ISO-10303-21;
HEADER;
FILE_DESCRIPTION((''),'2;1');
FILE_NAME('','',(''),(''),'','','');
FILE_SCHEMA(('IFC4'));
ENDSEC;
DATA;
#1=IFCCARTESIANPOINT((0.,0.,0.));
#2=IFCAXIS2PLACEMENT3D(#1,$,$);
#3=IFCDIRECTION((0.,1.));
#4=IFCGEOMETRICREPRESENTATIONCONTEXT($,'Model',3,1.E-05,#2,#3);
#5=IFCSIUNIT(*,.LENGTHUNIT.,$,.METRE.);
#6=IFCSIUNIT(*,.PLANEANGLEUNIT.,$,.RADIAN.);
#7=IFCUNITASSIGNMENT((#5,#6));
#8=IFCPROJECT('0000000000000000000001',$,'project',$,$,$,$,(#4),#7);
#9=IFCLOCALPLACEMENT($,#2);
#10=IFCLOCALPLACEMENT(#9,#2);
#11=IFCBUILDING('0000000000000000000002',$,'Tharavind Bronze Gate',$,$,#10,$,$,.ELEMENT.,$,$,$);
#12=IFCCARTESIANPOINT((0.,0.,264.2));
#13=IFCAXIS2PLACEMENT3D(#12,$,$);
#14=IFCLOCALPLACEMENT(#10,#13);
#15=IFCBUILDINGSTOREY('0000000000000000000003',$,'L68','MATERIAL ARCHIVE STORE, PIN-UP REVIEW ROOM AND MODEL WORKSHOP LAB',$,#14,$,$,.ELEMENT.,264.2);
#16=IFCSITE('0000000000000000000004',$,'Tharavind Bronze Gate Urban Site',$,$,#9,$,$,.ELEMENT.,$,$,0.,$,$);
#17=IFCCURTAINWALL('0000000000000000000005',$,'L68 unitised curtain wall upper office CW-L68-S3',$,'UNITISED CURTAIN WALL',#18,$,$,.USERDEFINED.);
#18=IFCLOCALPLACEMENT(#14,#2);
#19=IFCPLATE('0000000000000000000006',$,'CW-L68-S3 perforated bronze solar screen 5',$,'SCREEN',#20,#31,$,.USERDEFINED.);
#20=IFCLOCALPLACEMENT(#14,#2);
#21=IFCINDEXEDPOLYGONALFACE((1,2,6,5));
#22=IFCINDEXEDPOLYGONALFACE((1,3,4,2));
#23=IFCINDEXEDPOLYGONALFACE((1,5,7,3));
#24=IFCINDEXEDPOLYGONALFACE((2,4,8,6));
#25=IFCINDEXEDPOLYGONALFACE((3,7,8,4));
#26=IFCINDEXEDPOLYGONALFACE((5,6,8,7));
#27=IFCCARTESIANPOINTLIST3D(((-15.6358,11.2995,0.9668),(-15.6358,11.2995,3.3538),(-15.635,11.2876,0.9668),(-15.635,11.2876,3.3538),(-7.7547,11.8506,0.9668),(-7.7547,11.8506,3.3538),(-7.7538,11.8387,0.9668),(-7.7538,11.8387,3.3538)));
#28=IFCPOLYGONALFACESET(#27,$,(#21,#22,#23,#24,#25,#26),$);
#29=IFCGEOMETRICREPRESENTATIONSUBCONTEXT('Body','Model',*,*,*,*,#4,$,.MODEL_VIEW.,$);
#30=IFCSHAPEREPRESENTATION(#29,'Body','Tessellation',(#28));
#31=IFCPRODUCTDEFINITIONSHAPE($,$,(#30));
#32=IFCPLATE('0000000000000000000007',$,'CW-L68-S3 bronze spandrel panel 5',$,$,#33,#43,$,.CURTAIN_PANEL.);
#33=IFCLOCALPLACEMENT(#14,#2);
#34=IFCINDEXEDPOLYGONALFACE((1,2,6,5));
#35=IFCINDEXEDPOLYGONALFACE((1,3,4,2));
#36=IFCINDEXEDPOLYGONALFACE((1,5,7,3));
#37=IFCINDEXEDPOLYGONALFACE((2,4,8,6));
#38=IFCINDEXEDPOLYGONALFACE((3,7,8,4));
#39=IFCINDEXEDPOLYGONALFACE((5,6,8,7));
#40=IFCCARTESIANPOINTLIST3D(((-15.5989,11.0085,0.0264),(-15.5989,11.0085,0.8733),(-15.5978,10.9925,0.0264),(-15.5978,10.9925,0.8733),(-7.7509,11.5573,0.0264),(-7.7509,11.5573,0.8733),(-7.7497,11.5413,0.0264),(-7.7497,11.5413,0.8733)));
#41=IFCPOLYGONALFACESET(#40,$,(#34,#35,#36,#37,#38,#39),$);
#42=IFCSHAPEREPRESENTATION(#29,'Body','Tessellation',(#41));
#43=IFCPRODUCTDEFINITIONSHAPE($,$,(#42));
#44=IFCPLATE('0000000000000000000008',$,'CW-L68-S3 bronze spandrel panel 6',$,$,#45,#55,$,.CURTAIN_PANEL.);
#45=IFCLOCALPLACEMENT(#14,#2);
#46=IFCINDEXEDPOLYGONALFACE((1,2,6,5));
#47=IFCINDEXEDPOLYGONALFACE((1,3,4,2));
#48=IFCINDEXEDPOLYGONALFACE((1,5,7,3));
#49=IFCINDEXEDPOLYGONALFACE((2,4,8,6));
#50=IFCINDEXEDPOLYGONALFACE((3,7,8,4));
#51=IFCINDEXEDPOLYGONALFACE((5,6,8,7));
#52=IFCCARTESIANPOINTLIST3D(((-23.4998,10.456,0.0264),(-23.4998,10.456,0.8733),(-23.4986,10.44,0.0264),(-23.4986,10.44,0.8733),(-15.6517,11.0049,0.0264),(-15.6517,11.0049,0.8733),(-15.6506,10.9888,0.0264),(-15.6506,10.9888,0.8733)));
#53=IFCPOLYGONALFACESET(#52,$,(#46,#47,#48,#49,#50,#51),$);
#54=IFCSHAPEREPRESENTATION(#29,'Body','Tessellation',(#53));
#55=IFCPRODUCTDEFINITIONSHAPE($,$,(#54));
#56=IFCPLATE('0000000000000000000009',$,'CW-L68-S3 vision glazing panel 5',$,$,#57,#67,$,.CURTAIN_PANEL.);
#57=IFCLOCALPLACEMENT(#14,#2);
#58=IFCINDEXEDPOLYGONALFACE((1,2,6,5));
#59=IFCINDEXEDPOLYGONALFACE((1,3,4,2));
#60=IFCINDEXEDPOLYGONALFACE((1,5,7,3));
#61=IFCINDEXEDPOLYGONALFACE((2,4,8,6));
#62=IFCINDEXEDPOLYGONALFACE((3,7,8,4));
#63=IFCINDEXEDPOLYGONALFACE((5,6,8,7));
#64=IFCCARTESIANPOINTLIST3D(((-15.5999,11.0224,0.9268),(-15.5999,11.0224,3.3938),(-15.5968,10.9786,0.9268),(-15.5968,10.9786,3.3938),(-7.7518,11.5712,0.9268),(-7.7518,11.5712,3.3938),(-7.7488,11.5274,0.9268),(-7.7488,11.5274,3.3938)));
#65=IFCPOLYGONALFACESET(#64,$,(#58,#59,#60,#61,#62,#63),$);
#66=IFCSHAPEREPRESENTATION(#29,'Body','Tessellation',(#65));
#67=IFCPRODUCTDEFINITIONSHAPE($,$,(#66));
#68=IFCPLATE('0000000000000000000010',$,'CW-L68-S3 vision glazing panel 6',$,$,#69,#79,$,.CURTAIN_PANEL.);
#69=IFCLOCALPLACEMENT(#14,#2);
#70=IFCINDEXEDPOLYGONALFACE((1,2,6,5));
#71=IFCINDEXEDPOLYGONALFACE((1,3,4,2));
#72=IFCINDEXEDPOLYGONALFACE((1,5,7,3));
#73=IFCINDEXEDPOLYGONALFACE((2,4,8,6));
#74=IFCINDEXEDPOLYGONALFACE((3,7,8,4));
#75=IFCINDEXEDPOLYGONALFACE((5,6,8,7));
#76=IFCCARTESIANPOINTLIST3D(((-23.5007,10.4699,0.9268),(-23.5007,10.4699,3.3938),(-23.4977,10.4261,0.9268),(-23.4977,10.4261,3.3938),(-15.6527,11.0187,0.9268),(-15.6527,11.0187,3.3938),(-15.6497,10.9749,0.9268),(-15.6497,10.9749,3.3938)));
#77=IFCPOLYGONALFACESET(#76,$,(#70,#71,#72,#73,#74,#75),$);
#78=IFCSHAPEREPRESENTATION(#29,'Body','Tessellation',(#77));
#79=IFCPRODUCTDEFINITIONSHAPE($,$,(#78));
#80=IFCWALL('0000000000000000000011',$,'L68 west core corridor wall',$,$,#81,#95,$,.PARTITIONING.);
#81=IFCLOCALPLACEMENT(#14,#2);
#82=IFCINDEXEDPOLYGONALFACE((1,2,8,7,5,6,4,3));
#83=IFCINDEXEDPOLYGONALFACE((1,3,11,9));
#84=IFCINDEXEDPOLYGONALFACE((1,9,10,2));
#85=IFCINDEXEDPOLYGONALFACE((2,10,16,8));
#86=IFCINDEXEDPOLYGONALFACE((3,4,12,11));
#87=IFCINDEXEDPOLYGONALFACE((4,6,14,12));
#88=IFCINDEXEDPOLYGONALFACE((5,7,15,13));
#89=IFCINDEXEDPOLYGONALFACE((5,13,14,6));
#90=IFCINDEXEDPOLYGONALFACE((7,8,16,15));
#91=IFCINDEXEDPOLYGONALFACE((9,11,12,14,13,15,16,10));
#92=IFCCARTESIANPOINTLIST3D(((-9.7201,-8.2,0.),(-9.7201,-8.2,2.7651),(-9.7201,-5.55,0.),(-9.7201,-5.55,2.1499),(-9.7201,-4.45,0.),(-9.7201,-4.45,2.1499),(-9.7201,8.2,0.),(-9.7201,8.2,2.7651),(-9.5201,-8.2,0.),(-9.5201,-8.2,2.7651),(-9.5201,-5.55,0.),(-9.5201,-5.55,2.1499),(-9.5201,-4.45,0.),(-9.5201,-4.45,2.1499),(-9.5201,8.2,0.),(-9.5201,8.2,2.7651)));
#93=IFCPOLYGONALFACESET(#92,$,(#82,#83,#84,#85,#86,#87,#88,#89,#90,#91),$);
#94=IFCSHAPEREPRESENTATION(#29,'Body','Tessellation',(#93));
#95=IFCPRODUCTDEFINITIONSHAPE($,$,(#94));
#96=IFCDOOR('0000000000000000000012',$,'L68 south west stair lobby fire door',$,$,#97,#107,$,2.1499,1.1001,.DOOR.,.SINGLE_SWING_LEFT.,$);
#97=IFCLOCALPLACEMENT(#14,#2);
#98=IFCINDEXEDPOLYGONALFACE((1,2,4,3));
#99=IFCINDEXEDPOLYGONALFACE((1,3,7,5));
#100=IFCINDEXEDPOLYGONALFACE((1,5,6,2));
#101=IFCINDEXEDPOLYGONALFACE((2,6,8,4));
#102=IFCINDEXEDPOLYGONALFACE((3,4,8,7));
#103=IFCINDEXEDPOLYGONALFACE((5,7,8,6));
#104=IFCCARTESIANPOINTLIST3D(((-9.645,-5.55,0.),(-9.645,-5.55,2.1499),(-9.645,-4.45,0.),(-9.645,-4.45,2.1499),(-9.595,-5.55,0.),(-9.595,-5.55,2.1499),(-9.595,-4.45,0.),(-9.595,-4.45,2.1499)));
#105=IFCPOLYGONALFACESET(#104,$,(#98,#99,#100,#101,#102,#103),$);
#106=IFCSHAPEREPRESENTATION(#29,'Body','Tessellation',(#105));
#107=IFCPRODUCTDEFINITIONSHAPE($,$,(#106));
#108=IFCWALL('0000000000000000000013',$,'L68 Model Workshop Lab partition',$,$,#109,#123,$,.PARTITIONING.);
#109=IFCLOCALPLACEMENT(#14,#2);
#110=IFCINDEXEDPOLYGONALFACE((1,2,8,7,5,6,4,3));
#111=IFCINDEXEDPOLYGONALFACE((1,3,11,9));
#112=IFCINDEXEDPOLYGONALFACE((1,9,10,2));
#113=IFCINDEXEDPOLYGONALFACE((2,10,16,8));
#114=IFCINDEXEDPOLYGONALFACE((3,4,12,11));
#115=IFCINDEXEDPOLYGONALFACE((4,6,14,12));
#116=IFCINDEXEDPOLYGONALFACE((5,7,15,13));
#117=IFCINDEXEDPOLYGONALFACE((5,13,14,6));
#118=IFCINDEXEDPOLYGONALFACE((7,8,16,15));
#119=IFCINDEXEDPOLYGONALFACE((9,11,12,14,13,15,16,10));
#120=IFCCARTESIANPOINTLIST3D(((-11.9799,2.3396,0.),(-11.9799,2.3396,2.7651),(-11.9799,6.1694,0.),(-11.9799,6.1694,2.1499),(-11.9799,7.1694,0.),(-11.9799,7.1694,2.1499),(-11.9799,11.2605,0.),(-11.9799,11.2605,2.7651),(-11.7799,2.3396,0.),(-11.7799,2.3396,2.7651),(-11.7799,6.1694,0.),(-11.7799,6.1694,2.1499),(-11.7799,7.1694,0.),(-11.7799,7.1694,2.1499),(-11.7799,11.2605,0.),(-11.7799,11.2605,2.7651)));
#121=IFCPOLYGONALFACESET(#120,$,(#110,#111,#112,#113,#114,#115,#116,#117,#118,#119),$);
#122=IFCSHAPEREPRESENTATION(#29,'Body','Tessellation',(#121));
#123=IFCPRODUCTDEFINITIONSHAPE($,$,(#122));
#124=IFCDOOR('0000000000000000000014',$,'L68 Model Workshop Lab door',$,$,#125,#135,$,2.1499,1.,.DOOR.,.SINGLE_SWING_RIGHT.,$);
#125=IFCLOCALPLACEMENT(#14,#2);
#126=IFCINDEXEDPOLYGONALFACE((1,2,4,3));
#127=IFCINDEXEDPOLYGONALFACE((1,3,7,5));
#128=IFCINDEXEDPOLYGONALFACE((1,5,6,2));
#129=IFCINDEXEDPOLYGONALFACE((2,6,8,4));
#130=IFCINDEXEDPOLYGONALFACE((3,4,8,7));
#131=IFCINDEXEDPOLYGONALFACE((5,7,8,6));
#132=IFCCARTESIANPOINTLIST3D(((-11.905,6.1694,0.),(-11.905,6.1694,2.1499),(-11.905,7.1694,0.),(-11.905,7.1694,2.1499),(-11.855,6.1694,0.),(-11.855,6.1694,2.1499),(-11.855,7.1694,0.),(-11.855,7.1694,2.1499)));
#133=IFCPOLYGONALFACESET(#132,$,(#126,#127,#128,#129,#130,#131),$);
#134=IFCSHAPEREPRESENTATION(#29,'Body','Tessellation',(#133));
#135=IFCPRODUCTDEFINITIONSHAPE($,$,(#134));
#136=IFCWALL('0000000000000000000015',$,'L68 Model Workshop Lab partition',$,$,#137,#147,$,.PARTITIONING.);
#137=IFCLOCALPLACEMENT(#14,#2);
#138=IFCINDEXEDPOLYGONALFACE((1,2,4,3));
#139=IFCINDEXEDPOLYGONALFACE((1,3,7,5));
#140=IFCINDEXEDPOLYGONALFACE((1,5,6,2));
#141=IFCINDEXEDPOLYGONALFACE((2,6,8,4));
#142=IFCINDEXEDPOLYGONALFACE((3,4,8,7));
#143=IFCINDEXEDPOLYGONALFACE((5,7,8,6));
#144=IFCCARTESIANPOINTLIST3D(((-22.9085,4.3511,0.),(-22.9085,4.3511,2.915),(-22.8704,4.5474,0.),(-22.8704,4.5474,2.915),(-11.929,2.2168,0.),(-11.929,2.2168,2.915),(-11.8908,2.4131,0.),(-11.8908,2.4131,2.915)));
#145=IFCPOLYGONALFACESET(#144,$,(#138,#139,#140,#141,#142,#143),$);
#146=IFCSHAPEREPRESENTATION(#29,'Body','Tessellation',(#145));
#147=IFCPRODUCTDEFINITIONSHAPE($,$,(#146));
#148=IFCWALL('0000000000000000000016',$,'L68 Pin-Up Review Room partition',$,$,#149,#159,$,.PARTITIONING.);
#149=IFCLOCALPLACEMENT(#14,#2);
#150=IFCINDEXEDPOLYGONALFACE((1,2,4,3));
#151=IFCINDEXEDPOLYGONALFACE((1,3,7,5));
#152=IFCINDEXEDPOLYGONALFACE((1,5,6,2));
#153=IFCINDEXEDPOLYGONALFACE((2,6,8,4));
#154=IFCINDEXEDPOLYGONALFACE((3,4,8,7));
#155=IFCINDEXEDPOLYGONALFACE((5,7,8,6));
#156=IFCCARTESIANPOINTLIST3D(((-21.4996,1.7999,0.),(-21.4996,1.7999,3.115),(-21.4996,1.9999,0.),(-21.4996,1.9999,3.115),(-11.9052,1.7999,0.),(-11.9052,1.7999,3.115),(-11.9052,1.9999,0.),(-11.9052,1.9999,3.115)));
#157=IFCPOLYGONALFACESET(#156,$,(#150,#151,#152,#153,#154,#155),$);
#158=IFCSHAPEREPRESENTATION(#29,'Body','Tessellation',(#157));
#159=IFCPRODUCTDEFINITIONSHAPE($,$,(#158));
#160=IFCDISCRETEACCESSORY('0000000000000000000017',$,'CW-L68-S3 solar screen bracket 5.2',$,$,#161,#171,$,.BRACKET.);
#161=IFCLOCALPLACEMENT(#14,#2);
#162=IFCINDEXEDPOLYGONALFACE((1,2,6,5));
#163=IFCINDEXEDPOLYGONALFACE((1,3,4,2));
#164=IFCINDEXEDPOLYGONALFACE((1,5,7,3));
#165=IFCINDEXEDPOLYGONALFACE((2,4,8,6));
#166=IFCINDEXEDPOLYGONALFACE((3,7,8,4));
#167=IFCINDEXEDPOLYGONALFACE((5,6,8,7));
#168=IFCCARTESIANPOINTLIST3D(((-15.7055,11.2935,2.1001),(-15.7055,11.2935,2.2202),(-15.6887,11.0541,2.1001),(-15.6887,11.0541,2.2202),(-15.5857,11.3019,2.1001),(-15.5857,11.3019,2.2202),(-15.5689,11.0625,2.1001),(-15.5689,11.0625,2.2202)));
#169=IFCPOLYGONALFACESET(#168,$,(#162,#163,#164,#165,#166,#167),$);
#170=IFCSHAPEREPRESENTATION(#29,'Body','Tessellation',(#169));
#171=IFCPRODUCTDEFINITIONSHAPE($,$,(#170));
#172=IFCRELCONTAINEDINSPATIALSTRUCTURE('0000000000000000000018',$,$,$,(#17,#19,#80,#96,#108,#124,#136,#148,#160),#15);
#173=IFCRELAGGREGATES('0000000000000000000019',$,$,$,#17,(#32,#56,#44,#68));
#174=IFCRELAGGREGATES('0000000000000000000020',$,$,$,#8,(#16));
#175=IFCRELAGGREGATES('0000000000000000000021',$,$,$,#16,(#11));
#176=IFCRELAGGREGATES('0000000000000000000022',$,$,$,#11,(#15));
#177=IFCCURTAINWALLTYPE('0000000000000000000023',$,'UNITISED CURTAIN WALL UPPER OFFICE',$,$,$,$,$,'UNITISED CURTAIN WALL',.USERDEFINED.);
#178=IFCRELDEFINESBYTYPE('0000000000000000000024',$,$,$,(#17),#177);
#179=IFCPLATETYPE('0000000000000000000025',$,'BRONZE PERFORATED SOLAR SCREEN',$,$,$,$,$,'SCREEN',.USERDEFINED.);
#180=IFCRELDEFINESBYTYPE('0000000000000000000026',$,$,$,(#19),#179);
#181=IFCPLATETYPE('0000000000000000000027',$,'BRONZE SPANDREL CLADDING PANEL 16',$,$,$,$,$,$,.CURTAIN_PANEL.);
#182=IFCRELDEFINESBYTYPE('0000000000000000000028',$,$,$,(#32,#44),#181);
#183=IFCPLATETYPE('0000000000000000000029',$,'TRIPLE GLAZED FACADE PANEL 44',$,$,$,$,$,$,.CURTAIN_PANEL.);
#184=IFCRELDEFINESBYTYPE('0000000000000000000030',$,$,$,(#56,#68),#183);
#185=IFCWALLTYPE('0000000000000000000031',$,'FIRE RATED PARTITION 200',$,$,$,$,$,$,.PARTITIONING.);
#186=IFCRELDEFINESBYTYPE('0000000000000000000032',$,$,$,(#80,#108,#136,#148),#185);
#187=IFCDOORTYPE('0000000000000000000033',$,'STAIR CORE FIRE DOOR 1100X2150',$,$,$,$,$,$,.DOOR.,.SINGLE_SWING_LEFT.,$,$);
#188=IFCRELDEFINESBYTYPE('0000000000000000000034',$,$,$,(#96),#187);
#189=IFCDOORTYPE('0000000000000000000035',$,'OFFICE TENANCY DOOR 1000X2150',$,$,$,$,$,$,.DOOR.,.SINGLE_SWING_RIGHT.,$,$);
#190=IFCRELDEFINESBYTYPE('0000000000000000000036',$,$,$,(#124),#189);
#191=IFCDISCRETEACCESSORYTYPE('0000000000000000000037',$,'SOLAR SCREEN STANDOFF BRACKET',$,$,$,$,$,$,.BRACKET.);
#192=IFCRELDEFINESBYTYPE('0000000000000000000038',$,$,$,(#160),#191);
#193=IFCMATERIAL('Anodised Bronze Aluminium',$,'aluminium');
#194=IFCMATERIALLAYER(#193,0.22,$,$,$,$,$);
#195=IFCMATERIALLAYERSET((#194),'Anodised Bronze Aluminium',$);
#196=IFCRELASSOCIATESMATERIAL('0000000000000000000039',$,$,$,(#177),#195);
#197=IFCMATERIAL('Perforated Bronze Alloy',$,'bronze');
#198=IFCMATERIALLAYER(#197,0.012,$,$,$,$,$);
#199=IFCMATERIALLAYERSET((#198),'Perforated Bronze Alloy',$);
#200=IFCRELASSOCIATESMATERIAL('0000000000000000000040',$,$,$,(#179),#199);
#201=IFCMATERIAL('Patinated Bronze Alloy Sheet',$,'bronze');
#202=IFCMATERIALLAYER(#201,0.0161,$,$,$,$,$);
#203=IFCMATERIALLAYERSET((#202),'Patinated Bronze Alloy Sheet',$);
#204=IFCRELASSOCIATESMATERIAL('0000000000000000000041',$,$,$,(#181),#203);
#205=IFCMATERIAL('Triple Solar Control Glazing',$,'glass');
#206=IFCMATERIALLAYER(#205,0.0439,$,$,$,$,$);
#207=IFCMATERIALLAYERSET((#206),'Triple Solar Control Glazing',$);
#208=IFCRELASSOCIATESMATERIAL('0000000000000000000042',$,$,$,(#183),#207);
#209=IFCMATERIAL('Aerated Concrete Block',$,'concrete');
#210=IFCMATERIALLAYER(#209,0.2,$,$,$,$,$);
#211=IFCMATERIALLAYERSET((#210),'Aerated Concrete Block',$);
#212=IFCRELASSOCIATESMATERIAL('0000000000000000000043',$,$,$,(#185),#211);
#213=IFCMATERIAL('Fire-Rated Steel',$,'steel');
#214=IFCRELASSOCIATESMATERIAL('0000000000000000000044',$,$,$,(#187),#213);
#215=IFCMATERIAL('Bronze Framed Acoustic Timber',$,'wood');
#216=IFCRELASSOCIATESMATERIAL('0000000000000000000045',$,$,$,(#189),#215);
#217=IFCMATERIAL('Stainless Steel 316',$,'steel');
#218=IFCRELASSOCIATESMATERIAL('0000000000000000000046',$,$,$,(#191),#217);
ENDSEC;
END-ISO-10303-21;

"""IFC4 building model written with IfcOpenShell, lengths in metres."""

from ifc_helpers import new_model, si_unit, direction, frame, frame_2d, origin, origin_2d, place, context, subcontext, project, spatial, rectangle, extrude, material, layer, layer_set, type_object, element, fill, aggregate, save


model = new_model("IFC4")

# Units and contexts
model_context = context("Model", 3, precision=1e-05, world=origin(), true_north=direction((0.0, 1.0)))
body_context = subcontext(model_context, "Body", "Model", "MODEL_VIEW")
ifc_project = project(units=[si_unit("LENGTHUNIT", "METRE"), si_unit("PLANEANGLEUNIT", "RADIAN")], contexts=[model_context])

# Site, building, storey
site_placement = place(None, origin())
site = spatial("IfcSite", under=ifc_project, at=site_placement, Name="Tharavind Bronze Gate Urban Site", CompositionType="ELEMENT", RefElevation=0.0)
building_placement = place(site_placement, origin())
building = spatial("IfcBuilding", under=site, at=building_placement, Name="Tharavind Bronze Gate", CompositionType="ELEMENT")
storey_placement = place(building_placement, frame((0.0, 0.0, 264.2)))
storey = spatial("IfcBuildingStorey", under=building, at=storey_placement, Name="L68", Description="MATERIAL ARCHIVE STORE, PIN-UP REVIEW ROOM AND MODEL WORKSHOP LAB", CompositionType="ELEMENT", Elevation=264.2)

# Curtain wall
ifc_material_1 = material(Name="Anodised Bronze Aluminium", Category="aluminium")
ifc_layer_1 = layer(ifc_material_1, 0.22)
ifc_layer_set_1 = layer_set([ifc_layer_1], Name="Anodised Bronze Aluminium")
curtain_wall_type = type_object("IfcCurtainWallType", Name="UNITISED CURTAIN WALL UPPER OFFICE", ElementType="UNITISED CURTAIN WALL", PredefinedType="USERDEFINED", material=ifc_layer_set_1)
curtain_wall_placement = place(storey_placement, origin())
curtain_wall = element("IfcCurtainWall", 1, at=curtain_wall_placement, inside=storey, type_object=curtain_wall_type, Name="L68 unitised curtain wall upper office CW-L68-S3", ObjectType="UNITISED CURTAIN WALL", PredefinedType="USERDEFINED")

# Plates
ifc_material_2 = material(Name="Perforated Bronze Alloy", Category="bronze")
ifc_layer_2 = layer(ifc_material_2, 0.012)
ifc_layer_set_2 = layer_set([ifc_layer_2], Name="Perforated Bronze Alloy")
plate_type_1 = type_object("IfcPlateType", Name="BRONZE PERFORATED SOLAR SCREEN", ElementType="SCREEN", PredefinedType="USERDEFINED", material=ifc_layer_set_2)
plate_1_placement = place(storey_placement, frame((-11.6948, 11.5691, 0.9668), z_axis=(0.0, 0.0, 1.0), x_axis=(-0.997564, -0.06976, 0.0)))
element("IfcPlate", 2, at=plate_1_placement, inside=storey, type_object=plate_type_1, Name="CW-L68-S3 perforated bronze solar screen 5", ObjectType="SCREEN", PredefinedType="USERDEFINED", context=body_context, shape_type="SweptSolid", body=[
    extrude(rectangle(XDim=7.9004, YDim=0.012, at=origin_2d()), origin(), (0.0, 0.0, 1.0), 2.387),
])
ifc_material_3 = material(Name="Patinated Bronze Alloy Sheet", Category="bronze")
ifc_layer_3 = layer(ifc_material_3, 0.0161)
ifc_layer_set_3 = layer_set([ifc_layer_3], Name="Patinated Bronze Alloy Sheet")
plate_type_2 = type_object("IfcPlateType", Name="BRONZE SPANDREL CLADDING PANEL 16", PredefinedType="CURTAIN_PANEL", material=ifc_layer_set_3)
plate_2_placement = place(storey_placement, frame((-11.6743, 11.2749, 0.0264), z_axis=(0.0, 0.0, 1.0), x_axis=(-0.997564, -0.06976, 0.0)))
plate_2 = element("IfcPlate", 3, at=plate_2_placement, type_object=plate_type_2, Name="CW-L68-S3 bronze spandrel panel 5", PredefinedType="CURTAIN_PANEL", context=body_context, shape_type="SweptSolid", body=[
    extrude(rectangle(XDim=7.8672, YDim=0.0161, at=origin_2d()), origin(), (0.0, 0.0, 1.0), 0.8469),
])
plate_3_placement = place(storey_placement, frame((-19.5752, 10.7224, 0.0264), z_axis=(0.0, 0.0, 1.0), x_axis=(-0.997564, -0.06976, 0.0)))
plate_3 = element("IfcPlate", 4, at=plate_3_placement, type_object=plate_type_2, Name="CW-L68-S3 bronze spandrel panel 6", PredefinedType="CURTAIN_PANEL", context=body_context, shape_type="SweptSolid", body=[
    extrude(rectangle(XDim=7.8672, YDim=0.0161, at=origin_2d()), origin(), (0.0, 0.0, 1.0), 0.8469),
])
ifc_material_4 = material(Name="Triple Solar Control Glazing", Category="glass")
ifc_layer_4 = layer(ifc_material_4, 0.0439)
ifc_layer_set_4 = layer_set([ifc_layer_4], Name="Triple Solar Control Glazing")
plate_type_3 = type_object("IfcPlateType", Name="TRIPLE GLAZED FACADE PANEL 44", PredefinedType="CURTAIN_PANEL", material=ifc_layer_set_4)
plate_4_placement = place(storey_placement, frame((-11.6743, 11.2749, 0.9268), z_axis=(0.0, 0.0, 1.0), x_axis=(-0.997564, -0.06976, 0.0)))
plate_4 = element("IfcPlate", 5, at=plate_4_placement, type_object=plate_type_3, Name="CW-L68-S3 vision glazing panel 5", PredefinedType="CURTAIN_PANEL", context=body_context, shape_type="SweptSolid", body=[
    extrude(rectangle(XDim=7.8672, YDim=0.0439, at=origin_2d()), origin(), (0.0, 0.0, 1.0), 2.467),
])
plate_5_placement = place(storey_placement, frame((-19.5752, 10.7224, 0.9268), z_axis=(0.0, 0.0, 1.0), x_axis=(-0.997564, -0.06976, 0.0)))
plate_5 = element("IfcPlate", 6, at=plate_5_placement, type_object=plate_type_3, Name="CW-L68-S3 vision glazing panel 6", PredefinedType="CURTAIN_PANEL", context=body_context, shape_type="SweptSolid", body=[
    extrude(rectangle(XDim=7.8672, YDim=0.0439, at=origin_2d()), origin(), (0.0, 0.0, 1.0), 2.467),
])
aggregate(curtain_wall, [plate_2, plate_4, plate_3, plate_5])

# Walls, openings, doors
ifc_material_5 = material(Name="Aerated Concrete Block", Category="concrete")
ifc_layer_5 = layer(ifc_material_5, 0.2)
ifc_layer_set_5 = layer_set([ifc_layer_5], Name="Aerated Concrete Block")
wall_type = type_object("IfcWallType", Name="FIRE RATED PARTITION 200", PredefinedType="PARTITIONING", material=ifc_layer_set_5)
wall_1_placement = place(storey_placement, frame((-9.6201, 8.2, 0.0), z_axis=(0.0, 0.0, 1.0), x_axis=(0.0, -1.0, 0.0)))
wall_1 = element("IfcWall", 7, at=wall_1_placement, inside=storey, type_object=wall_type, Name="L68 west core corridor wall", PredefinedType="PARTITIONING", context=body_context, shape_type="SweptSolid", body=[
    extrude(rectangle(XDim=16.3999, YDim=0.2, at=frame_2d((8.2, 0.0))), origin(), (0.0, 0.0, 1.0), 2.7651),
])
opening_1_placement = place(wall_1_placement, frame((12.6499, 0.0, 0.0)))
opening_1 = element("IfcOpeningElement", 8, at=opening_1_placement, cuts=wall_1, PredefinedType="OPENING", context=body_context, shape_type="SweptSolid", body=[
    extrude(rectangle(XDim=1.1001, YDim=2.1499, at=frame_2d((0.55, 1.075))), frame((0.0, 0.1101, 0.0), z_axis=(0.0, -1.0, 0.0), x_axis=(1.0, 0.0, 0.0)), (0.0, 0.0, 1.0), 0.22),
])
ifc_material_6 = material(Name="Fire-Rated Steel", Category="steel")
door_type_1 = type_object("IfcDoorType", Name="STAIR CORE FIRE DOOR 1100X2150", OperationType="SINGLE_SWING_LEFT", PredefinedType="DOOR", material=ifc_material_6)
door_1_placement = place(opening_1_placement, frame((1.1001, 0.0, 0.0), z_axis=(0.0, 0.0, 1.0), x_axis=(-1.0, 0.0, 0.0)))
door_1 = element("IfcDoor", 9, at=door_1_placement, inside=storey, type_object=door_type_1, Name="L68 south west stair lobby fire door", OperationType="SINGLE_SWING_LEFT", OverallHeight=2.1499, OverallWidth=1.1001, PredefinedType="DOOR", context=body_context, shape_type="SweptSolid", body=[
    extrude(rectangle(XDim=1.1001, YDim=2.1499, at=frame_2d((0.55, 1.075))), frame((0.0, 0.0249, 0.0), z_axis=(0.0, -1.0, 0.0), x_axis=(1.0, 0.0, 0.0)), (0.0, 0.0, 1.0), 0.05),
])
fill(opening_1, door_1)
wall_2_placement = place(storey_placement, frame((-11.8799, 11.2605, 0.0), z_axis=(0.0, 0.0, 1.0), x_axis=(0.0, -1.0, 0.0)))
wall_2 = element("IfcWall", 10, at=wall_2_placement, inside=storey, type_object=wall_type, Name="L68 Model Workshop Lab partition", PredefinedType="PARTITIONING", context=body_context, shape_type="SweptSolid", body=[
    extrude(rectangle(XDim=8.9209, YDim=0.2, at=frame_2d((4.4604, 0.0))), origin(), (0.0, 0.0, 1.0), 2.7651),
])
opening_2_placement = place(wall_2_placement, frame((4.0911, 0.0, 0.0)))
opening_2 = element("IfcOpeningElement", 11, at=opening_2_placement, cuts=wall_2, PredefinedType="OPENING", context=body_context, shape_type="SweptSolid", body=[
    extrude(rectangle(XDim=1.0, YDim=2.1499, at=frame_2d((0.5, 1.075))), frame((0.0, 0.1101, 0.0), z_axis=(0.0, -1.0, 0.0), x_axis=(1.0, 0.0, 0.0)), (0.0, 0.0, 1.0), 0.22),
])
ifc_material_7 = material(Name="Bronze Framed Acoustic Timber", Category="wood")
door_type_2 = type_object("IfcDoorType", Name="OFFICE TENANCY DOOR 1000X2150", OperationType="SINGLE_SWING_RIGHT", PredefinedType="DOOR", material=ifc_material_7)
door_2_placement = place(opening_2_placement, origin())
door_2 = element("IfcDoor", 12, at=door_2_placement, inside=storey, type_object=door_type_2, Name="L68 Model Workshop Lab door", OperationType="SINGLE_SWING_RIGHT", OverallHeight=2.1499, OverallWidth=1.0, PredefinedType="DOOR", context=body_context, shape_type="SweptSolid", body=[
    extrude(rectangle(XDim=1.0, YDim=2.1499, at=frame_2d((0.5, 1.075))), frame((0.0, 0.0249, 0.0), z_axis=(0.0, -1.0, 0.0), x_axis=(1.0, 0.0, 0.0)), (0.0, 0.0, 1.0), 0.05),
])
fill(opening_2, door_2)

# Walls
wall_3_placement = place(storey_placement, frame((-11.9099, 2.3149, 0.0), z_axis=(0.0, 0.0, 1.0), x_axis=(-0.981626, 0.190816, 0.0)))
element("IfcWall", 13, at=wall_3_placement, inside=storey, type_object=wall_type, Name="L68 Model Workshop Lab partition", PredefinedType="PARTITIONING", context=body_context, shape_type="SweptSolid", body=[
    extrude(rectangle(XDim=11.1851, YDim=0.2, at=frame_2d((5.5925, 0.0))), origin(), (0.0, 0.0, 1.0), 2.915),
])
wall_4_placement = place(storey_placement, frame((-11.905, 1.8999, 0.0), z_axis=(0.0, 0.0, 1.0), x_axis=(-1.0, 0.0, 0.0)))
element("IfcWall", 14, at=wall_4_placement, inside=storey, type_object=wall_type, Name="L68 Pin-Up Review Room partition", PredefinedType="PARTITIONING", context=body_context, shape_type="SweptSolid", body=[
    extrude(rectangle(XDim=9.5945, YDim=0.2, at=frame_2d((4.7974, 0.0))), origin(), (0.0, 0.0, 1.0), 3.115),
])

# Discrete accessory
ifc_material_8 = material(Name="Stainless Steel 316", Category="steel")
discrete_accessory_type = type_object("IfcDiscreteAccessoryType", Name="SOLAR SCREEN STANDOFF BRACKET", PredefinedType="BRACKET", material=ifc_material_8)
discrete_accessory_placement = place(storey_placement, frame((-15.6372, 11.178, 2.1001), z_axis=(0.0, 0.0, 1.0), x_axis=(-0.997564, -0.06976, 0.0)))
element("IfcDiscreteAccessory", 15, at=discrete_accessory_placement, inside=storey, type_object=discrete_accessory_type, Name="CW-L68-S3 solar screen bracket 5.2", PredefinedType="BRACKET", context=body_context, shape_type="SweptSolid", body=[
    extrude(rectangle(XDim=0.1201, YDim=0.24, at=origin_2d()), origin(), (0.0, 0.0, 1.0), 0.1201),
])

save(model, "model.ifc")
